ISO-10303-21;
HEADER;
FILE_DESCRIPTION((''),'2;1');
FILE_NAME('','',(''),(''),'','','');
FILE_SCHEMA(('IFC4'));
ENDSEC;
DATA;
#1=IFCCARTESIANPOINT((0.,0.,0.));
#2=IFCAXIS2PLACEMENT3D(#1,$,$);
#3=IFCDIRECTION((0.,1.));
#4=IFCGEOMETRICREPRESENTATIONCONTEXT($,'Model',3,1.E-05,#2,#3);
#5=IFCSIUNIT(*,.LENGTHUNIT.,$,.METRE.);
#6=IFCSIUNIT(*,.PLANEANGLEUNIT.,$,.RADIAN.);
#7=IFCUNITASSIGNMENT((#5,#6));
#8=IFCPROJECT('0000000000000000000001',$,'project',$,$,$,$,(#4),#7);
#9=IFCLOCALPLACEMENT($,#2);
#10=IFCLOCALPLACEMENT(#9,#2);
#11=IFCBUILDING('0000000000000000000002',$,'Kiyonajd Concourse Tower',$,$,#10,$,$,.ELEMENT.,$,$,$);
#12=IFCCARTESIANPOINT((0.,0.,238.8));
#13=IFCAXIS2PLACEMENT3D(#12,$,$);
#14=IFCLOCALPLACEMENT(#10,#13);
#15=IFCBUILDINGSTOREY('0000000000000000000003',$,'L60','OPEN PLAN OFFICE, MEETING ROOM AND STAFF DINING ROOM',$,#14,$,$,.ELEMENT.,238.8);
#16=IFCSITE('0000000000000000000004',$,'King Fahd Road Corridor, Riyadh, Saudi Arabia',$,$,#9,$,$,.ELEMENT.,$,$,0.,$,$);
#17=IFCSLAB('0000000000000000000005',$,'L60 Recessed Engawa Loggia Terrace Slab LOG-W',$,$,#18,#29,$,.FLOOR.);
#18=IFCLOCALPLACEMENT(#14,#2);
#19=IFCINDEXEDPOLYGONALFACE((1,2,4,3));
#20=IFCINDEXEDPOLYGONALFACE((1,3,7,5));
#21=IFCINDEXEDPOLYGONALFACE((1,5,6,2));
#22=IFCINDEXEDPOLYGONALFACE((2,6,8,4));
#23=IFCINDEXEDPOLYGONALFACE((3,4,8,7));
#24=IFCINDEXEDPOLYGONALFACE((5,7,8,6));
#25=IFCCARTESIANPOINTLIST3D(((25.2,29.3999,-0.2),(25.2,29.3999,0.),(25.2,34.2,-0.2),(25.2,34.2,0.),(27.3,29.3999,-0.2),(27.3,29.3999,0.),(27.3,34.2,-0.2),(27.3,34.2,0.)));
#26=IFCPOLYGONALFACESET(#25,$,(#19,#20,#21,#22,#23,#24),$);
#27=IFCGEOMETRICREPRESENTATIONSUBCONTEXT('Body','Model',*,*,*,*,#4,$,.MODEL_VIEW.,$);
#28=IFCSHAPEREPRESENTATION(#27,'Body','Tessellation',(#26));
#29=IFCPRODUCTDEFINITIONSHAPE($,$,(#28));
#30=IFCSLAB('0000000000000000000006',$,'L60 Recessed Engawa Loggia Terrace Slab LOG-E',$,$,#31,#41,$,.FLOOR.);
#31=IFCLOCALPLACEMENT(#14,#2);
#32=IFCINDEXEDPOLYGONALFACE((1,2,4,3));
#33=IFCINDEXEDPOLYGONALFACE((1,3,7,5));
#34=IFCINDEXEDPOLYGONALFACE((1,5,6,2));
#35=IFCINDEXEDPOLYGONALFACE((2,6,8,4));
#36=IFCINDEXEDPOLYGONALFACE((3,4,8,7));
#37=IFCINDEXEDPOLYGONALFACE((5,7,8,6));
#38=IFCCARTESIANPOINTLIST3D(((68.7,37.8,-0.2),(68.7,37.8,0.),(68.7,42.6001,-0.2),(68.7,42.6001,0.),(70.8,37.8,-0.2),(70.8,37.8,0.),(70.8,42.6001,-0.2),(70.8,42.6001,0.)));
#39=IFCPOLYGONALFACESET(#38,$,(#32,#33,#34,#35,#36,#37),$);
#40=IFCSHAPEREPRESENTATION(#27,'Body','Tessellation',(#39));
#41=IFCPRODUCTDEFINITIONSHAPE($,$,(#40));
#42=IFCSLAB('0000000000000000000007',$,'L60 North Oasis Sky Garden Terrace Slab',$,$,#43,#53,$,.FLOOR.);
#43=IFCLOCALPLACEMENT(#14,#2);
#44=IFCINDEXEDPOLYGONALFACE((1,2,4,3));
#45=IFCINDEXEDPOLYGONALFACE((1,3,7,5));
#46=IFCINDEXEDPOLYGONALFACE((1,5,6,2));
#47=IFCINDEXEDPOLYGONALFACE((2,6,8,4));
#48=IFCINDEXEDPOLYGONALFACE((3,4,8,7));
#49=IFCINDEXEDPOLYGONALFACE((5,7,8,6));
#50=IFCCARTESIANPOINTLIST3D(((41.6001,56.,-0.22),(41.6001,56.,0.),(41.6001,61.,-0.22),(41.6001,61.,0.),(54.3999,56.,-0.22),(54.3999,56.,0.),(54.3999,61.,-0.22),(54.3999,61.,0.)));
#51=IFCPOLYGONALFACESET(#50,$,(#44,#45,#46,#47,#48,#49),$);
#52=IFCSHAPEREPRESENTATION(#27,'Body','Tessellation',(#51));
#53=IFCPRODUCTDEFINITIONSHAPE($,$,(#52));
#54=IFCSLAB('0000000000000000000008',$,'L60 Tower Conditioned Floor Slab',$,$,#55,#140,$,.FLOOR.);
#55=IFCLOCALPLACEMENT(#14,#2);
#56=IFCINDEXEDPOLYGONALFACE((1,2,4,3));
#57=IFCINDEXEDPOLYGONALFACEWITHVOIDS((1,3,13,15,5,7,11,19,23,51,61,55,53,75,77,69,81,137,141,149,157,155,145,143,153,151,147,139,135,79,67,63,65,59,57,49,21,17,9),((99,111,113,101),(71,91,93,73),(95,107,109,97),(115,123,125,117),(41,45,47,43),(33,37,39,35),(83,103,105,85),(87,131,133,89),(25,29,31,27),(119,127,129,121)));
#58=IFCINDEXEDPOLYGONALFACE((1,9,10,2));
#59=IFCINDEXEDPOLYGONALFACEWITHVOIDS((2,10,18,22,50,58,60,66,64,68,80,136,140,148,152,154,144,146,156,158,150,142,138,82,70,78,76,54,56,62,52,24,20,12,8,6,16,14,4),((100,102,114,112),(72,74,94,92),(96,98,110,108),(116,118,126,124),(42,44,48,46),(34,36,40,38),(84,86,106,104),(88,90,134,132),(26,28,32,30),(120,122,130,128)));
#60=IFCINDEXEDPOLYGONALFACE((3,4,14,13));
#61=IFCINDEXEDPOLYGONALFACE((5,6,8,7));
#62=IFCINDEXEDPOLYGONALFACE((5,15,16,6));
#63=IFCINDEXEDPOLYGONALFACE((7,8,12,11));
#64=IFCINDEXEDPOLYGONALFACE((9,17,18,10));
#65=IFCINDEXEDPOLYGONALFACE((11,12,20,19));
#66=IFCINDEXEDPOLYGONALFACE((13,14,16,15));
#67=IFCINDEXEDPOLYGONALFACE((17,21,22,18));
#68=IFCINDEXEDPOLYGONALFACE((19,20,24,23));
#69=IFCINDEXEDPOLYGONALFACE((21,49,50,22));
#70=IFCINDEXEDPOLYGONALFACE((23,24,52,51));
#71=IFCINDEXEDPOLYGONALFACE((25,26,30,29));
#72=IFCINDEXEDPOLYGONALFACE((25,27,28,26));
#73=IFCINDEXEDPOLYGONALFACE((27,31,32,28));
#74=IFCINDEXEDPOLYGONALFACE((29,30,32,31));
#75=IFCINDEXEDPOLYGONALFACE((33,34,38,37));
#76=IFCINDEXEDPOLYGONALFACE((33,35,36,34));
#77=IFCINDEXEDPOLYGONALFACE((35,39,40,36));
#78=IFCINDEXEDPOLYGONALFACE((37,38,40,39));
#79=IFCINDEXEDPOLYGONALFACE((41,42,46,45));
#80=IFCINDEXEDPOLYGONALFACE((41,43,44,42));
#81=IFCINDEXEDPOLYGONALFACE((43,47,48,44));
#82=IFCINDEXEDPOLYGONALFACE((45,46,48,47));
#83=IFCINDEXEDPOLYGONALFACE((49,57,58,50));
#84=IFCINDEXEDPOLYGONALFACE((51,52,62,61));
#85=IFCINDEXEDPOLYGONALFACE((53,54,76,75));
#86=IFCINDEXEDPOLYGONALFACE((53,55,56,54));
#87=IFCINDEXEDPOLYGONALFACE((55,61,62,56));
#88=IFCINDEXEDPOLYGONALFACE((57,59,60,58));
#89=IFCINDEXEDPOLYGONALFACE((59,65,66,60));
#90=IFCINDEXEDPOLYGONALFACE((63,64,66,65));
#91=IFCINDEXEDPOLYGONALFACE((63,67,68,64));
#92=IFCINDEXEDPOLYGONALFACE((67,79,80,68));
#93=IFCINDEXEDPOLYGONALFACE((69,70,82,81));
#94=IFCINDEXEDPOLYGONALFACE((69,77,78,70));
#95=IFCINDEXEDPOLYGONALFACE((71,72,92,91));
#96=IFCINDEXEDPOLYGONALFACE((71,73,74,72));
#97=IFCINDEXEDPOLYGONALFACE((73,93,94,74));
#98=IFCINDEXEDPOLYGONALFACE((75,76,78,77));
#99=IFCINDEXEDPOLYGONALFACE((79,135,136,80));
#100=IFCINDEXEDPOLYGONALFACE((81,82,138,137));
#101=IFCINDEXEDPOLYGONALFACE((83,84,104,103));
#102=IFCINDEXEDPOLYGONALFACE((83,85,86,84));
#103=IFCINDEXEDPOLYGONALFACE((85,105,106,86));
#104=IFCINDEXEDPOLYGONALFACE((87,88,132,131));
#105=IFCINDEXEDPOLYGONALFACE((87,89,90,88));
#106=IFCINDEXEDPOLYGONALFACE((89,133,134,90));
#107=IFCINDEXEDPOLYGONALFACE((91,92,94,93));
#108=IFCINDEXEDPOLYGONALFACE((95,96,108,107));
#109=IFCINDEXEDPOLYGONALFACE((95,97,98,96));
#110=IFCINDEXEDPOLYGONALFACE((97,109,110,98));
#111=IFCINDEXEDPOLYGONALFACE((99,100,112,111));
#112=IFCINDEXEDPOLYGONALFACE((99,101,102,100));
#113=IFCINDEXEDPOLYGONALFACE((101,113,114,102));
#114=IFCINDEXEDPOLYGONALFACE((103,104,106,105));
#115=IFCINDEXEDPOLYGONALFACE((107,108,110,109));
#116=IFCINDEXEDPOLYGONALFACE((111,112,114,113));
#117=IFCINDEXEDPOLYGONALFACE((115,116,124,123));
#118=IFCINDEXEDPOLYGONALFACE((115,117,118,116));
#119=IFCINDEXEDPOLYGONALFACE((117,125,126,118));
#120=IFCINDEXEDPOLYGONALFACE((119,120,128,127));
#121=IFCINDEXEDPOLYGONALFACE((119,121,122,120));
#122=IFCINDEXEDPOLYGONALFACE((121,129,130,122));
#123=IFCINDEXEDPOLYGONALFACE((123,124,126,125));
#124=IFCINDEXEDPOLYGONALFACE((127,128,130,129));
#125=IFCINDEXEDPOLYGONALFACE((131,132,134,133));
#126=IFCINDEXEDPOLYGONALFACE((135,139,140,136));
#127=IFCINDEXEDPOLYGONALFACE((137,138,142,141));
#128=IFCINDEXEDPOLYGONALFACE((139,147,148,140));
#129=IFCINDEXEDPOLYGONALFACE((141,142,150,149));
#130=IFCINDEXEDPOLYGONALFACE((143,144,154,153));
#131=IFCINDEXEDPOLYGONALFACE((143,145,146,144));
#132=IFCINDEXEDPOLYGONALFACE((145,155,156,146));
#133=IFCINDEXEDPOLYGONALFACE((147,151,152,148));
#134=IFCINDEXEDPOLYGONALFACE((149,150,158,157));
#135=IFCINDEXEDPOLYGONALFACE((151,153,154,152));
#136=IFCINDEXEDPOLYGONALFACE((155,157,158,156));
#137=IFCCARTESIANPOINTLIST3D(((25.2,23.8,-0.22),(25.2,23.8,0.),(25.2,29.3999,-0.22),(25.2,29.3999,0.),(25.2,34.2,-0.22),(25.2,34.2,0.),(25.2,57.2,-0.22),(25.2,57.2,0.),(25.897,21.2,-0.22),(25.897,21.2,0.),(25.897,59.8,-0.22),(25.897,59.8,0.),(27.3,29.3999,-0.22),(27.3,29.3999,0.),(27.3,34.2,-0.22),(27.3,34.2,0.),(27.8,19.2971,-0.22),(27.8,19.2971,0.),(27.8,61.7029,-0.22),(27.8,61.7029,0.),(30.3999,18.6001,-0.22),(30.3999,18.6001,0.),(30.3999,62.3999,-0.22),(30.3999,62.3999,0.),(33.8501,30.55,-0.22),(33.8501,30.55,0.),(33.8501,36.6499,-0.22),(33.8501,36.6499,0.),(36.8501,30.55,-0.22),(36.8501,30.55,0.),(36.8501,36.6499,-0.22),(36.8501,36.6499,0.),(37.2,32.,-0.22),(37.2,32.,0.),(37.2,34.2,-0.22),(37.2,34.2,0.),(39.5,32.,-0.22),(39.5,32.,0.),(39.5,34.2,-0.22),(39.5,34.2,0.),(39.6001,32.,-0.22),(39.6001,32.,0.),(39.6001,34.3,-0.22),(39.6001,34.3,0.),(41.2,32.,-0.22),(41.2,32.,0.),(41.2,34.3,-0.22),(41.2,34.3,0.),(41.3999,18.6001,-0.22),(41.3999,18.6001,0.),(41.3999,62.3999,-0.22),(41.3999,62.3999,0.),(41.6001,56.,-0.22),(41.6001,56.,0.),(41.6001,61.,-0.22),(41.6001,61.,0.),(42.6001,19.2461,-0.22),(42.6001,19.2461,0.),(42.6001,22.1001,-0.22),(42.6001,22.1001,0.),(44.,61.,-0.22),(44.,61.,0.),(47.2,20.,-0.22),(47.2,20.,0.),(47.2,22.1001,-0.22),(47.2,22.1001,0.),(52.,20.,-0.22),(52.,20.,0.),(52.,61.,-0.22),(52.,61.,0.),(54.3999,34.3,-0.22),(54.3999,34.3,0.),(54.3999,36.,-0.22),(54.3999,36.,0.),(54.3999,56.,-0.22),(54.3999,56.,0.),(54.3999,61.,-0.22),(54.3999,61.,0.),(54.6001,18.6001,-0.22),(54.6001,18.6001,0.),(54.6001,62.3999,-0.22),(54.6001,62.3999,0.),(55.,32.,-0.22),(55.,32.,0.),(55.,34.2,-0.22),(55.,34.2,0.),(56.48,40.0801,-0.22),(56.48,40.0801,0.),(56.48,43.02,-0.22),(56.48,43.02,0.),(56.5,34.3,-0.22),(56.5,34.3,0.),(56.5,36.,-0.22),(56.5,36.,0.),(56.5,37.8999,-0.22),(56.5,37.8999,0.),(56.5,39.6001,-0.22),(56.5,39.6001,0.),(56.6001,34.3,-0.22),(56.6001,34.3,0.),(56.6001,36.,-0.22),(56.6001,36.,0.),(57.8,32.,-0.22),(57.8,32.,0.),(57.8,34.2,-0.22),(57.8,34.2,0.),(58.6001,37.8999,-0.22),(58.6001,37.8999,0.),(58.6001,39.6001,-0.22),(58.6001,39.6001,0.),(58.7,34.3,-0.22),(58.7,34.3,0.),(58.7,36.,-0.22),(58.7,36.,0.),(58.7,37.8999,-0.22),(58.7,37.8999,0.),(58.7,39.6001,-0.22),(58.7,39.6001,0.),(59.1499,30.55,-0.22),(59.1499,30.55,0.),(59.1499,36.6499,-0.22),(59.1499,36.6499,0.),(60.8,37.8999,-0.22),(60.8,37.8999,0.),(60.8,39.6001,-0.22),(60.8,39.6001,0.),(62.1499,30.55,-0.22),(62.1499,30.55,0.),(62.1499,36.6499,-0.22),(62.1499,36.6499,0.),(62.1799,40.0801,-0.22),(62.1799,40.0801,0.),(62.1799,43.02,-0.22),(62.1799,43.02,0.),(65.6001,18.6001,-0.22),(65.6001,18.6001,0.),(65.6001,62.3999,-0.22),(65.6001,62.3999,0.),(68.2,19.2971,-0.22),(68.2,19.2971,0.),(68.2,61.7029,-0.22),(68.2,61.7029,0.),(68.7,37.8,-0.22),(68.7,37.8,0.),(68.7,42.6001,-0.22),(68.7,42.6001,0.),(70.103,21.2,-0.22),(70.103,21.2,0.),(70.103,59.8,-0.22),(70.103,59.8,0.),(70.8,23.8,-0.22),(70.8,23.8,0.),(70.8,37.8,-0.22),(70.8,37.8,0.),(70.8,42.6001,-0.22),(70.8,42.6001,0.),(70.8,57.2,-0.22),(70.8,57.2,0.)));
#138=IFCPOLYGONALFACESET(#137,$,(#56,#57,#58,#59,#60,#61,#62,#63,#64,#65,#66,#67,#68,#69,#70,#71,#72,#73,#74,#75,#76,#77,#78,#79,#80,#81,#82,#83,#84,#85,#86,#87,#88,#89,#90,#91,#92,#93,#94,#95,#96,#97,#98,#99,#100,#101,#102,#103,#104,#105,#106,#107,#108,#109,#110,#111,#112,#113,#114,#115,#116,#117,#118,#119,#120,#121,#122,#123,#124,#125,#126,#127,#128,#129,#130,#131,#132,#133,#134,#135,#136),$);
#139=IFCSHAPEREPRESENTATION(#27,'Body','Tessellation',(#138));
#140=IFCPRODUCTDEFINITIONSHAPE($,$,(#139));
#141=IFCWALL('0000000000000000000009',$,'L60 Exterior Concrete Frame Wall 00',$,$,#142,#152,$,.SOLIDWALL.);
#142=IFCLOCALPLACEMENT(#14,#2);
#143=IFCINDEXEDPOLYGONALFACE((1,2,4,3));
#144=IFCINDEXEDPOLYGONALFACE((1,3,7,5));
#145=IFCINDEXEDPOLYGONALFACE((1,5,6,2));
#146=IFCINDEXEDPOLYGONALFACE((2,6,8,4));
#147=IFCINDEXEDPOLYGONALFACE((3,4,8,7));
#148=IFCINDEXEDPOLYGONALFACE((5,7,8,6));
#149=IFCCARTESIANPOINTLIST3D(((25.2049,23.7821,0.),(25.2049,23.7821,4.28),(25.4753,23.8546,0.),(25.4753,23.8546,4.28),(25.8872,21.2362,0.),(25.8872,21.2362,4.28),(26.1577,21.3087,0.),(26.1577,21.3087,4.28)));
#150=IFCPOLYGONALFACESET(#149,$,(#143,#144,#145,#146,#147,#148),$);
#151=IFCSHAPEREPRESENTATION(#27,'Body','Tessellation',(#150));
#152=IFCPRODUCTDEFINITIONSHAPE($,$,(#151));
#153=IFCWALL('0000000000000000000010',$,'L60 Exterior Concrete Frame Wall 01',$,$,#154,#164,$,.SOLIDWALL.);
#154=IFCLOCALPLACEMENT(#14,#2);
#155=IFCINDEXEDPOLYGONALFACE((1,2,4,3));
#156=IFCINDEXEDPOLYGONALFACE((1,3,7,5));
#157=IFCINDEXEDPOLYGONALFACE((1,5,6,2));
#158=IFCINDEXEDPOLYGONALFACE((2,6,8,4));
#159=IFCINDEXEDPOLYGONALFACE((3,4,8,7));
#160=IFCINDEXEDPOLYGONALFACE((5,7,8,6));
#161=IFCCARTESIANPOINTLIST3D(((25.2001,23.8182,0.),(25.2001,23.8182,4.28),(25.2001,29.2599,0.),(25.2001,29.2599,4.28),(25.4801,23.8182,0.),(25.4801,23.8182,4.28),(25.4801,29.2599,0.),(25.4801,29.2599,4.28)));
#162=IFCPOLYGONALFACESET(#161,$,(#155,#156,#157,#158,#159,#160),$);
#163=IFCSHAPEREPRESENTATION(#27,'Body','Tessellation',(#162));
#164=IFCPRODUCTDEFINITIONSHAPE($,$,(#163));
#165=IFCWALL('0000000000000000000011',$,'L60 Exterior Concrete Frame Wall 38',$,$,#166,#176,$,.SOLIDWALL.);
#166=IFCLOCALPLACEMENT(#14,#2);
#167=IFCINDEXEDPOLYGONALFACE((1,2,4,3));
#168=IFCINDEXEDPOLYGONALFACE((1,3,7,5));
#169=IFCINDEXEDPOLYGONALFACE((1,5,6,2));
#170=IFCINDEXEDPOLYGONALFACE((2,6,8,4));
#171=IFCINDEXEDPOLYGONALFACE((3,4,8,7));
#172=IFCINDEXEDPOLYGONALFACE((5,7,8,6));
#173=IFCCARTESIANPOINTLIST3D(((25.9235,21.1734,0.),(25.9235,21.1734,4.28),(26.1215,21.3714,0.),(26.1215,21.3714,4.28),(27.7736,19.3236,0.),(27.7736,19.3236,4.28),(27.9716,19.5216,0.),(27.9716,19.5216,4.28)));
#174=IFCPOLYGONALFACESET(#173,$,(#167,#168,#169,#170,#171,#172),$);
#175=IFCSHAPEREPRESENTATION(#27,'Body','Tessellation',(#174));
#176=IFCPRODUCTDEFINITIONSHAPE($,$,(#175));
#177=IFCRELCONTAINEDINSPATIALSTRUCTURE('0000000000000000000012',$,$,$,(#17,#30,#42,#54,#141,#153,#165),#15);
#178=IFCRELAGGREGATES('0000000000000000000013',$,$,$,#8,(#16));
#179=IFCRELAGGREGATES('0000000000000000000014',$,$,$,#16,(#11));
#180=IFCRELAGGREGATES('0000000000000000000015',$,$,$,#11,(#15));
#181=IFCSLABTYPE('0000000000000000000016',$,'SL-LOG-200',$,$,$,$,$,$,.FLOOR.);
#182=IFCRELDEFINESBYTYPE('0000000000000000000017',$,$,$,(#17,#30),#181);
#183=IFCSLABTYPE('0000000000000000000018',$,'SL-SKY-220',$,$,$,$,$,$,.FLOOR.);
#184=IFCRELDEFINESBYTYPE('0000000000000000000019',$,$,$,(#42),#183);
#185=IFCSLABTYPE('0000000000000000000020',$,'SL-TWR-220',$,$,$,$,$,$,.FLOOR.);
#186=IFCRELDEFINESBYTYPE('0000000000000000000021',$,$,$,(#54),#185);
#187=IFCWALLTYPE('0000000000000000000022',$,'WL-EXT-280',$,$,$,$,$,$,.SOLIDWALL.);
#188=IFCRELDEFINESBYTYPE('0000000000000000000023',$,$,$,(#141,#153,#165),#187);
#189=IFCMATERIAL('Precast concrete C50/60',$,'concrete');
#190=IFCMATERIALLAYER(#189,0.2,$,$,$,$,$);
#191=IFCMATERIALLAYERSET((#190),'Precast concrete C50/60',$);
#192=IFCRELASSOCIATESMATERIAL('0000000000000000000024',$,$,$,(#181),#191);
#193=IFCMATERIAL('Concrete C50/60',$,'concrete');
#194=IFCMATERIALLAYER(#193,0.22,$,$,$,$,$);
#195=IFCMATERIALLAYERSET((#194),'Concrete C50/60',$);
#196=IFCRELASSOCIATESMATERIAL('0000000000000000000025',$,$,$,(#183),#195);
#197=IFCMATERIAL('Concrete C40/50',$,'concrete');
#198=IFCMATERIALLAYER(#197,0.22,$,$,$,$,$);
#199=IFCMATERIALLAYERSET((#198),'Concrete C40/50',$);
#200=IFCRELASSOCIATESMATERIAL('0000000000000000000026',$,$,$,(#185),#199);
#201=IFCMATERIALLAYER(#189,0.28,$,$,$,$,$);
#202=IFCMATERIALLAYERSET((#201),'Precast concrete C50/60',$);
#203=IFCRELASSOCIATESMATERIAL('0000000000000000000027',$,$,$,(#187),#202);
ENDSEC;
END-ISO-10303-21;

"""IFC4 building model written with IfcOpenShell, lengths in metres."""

from ifc_helpers import new_model, si_unit, direction, frame, frame_2d, origin, place, context, subcontext, project, spatial, polyline, rectangle, outline, extrude, material, layer, layer_set, type_object, element, save


model = new_model("IFC4")

# Units and contexts
model_context = context("Model", 3, precision=1e-05, world=origin(), true_north=direction((0.0, 1.0)))
body_context = subcontext(model_context, "Body", "Model", "MODEL_VIEW")
ifc_project = project(units=[si_unit("LENGTHUNIT", "METRE"), si_unit("PLANEANGLEUNIT", "RADIAN")], contexts=[model_context])

# Site, building, storey
site_placement = place(None, origin())
site = spatial("IfcSite", under=ifc_project, at=site_placement, Name="King Fahd Road Corridor, Riyadh, Saudi Arabia", CompositionType="ELEMENT", RefElevation=0.0)
building_placement = place(site_placement, origin())
building = spatial("IfcBuilding", under=site, at=building_placement, Name="Kiyonajd Concourse Tower", CompositionType="ELEMENT")
storey_placement = place(building_placement, frame((0.0, 0.0, 238.8)))
storey = spatial("IfcBuildingStorey", under=building, at=storey_placement, Name="L60", Description="OPEN PLAN OFFICE, MEETING ROOM AND STAFF DINING ROOM", CompositionType="ELEMENT", Elevation=238.8)

# Shared definitions
ifc_material_1 = material(Name="Concrete C40/50", Category="concrete")

# Slabs
ifc_material_2 = material(Name="Precast concrete C50/60", Category="concrete")
ifc_layer_1 = layer(ifc_material_2, 0.2)
ifc_layer_set_1 = layer_set([ifc_layer_1], Name="Precast concrete C50/60")
slab_type_1 = type_object("IfcSlabType", Name="SL-LOG-200", PredefinedType="FLOOR", material=ifc_layer_set_1)
slab_1_placement = place(storey_placement, frame((0.0, 0.0, -0.2)))
element("IfcSlab", 1, at=slab_1_placement, inside=storey, type_object=slab_type_1, Name="L60 Recessed Engawa Loggia Terrace Slab LOG-W", PredefinedType="FLOOR", context=body_context, shape_type="SweptSolid", body=[
    extrude(outline(polyline([(25.2, 29.3999), (27.3, 29.3999), (27.3, 34.2), (25.2, 34.2), (25.2, 29.3999)])), origin(), (0.0, 0.0, 1.0), 0.2),
])
slab_2_placement = place(storey_placement, frame((0.0, 0.0, -0.2)))
element("IfcSlab", 2, at=slab_2_placement, inside=storey, type_object=slab_type_1, Name="L60 Recessed Engawa Loggia Terrace Slab LOG-E", PredefinedType="FLOOR", context=body_context, shape_type="SweptSolid", body=[
    extrude(outline(polyline([(68.7, 37.8), (70.8, 37.8), (70.8, 42.6001), (68.7, 42.6001), (68.7, 37.8)])), origin(), (0.0, 0.0, 1.0), 0.2),
])
ifc_material_3 = material(Name="Concrete C50/60", Category="concrete")
ifc_layer_2 = layer(ifc_material_3, 0.22)
ifc_layer_set_2 = layer_set([ifc_layer_2], Name="Concrete C50/60")
slab_type_2 = type_object("IfcSlabType", Name="SL-SKY-220", PredefinedType="FLOOR", material=ifc_layer_set_2)
slab_3_placement = place(storey_placement, frame((0.0, 0.0, -0.22)))
element("IfcSlab", 3, at=slab_3_placement, inside=storey, type_object=slab_type_2, Name="L60 North Oasis Sky Garden Terrace Slab", PredefinedType="FLOOR", context=body_context, shape_type="SweptSolid", body=[
    extrude(outline(polyline([(41.6001, 56.0), (54.3999, 56.0), (54.3999, 61.0), (41.6001, 61.0), (41.6001, 56.0)])), origin(), (0.0, 0.0, 1.0), 0.22),
])
ifc_layer_3 = layer(ifc_material_1, 0.22)
ifc_layer_set_3 = layer_set([ifc_layer_3], Name="Concrete C40/50")
slab_type_3 = type_object("IfcSlabType", Name="SL-TWR-220", PredefinedType="FLOOR", material=ifc_layer_set_3)
slab_4_placement = place(storey_placement, frame((0.0, 0.0, -0.22)))
element("IfcSlab", 4, at=slab_4_placement, inside=storey, type_object=slab_type_3, Name="L60 Tower Conditioned Floor Slab", PredefinedType="FLOOR", context=body_context, shape_type="SweptSolid", body=[
    extrude(outline(polyline([(25.897, 21.2), (25.2, 23.8), (25.2, 29.3999), (27.3, 29.3999), (27.3, 34.2), (25.2, 34.2), (25.2, 57.2), (25.897, 59.8), (27.8, 61.7029), (30.3999, 62.3999), (41.3999, 62.3999), (44.0, 61.0), (41.6001, 61.0), (41.6001, 56.0), (54.3999, 56.0), (54.3999, 61.0), (52.0, 61.0), (54.6001, 62.3999), (65.6001, 62.3999), (68.2, 61.7029), (70.103, 59.8), (70.8, 57.2), (70.8, 42.6001), (68.7, 42.6001), (68.7, 37.8), (70.8, 37.8), (70.8, 23.8), (70.103, 21.2), (68.2, 19.2971), (65.6001, 18.6001), (54.6001, 18.6001), (52.0, 20.0), (47.2, 20.0), (47.2, 22.1001), (42.6001, 22.1001), (42.6001, 19.2461), (41.3999, 18.6001), (30.3999, 18.6001), (27.8, 19.2971), (25.897, 21.2)]), holes=[polyline([(39.5, 32.0), (37.2, 32.0), (37.2, 34.2), (39.5, 34.2), (39.5, 32.0)]), polyline([(57.8, 32.0), (55.0, 32.0), (55.0, 34.2), (57.8, 34.2), (57.8, 32.0)]), polyline([(41.2, 32.0), (39.6001, 32.0), (39.6001, 34.3), (41.2, 34.3), (41.2, 32.0)]), polyline([(33.8501, 30.55), (33.8501, 36.6499), (36.8501, 36.6499), (36.8501, 30.55), (33.8501, 30.55)]), polyline([(59.1499, 30.55), (59.1499, 36.6499), (62.1499, 36.6499), (62.1499, 30.55), (59.1499, 30.55)]), polyline([(56.5, 34.3), (54.3999, 34.3), (54.3999, 36.0), (56.5, 36.0), (56.5, 34.3)]), polyline([(58.7, 34.3), (56.6001, 34.3), (56.6001, 36.0), (58.7, 36.0), (58.7, 34.3)]), polyline([(58.6001, 37.8999), (56.5, 37.8999), (56.5, 39.6001), (58.6001, 39.6001), (58.6001, 37.8999)]), polyline([(58.7, 37.8999), (58.7, 39.6001), (60.8, 39.6001), (60.8, 37.8999), (58.7, 37.8999)]), polyline([(56.48, 43.02), (62.1799, 43.02), (62.1799, 40.0801), (56.48, 40.0801), (56.48, 43.02)])]), origin(), (0.0, 0.0, 1.0), 0.22),
])

# Walls
ifc_layer_4 = layer(ifc_material_2, 0.28)
ifc_layer_set_4 = layer_set([ifc_layer_4], Name="Precast concrete C50/60")
wall_type_1 = type_object("IfcWallType", Name="WL-EXT-280", PredefinedType="SOLIDWALL", material=ifc_layer_set_4)
wall_1_placement = place(storey_placement, frame((26.0225, 21.2725, 0.0), z_axis=(0.0, 0.0, 1.0), x_axis=(-0.25889, 0.965907, 0.0)))
element("IfcWall", 5, at=wall_1_placement, inside=storey, type_object=wall_type_1, Name="L60 Exterior Concrete Frame Wall 00", PredefinedType="SOLIDWALL", context=body_context, shape_type="SweptSolid", body=[
    extrude(rectangle(XDim=2.6357, YDim=0.28, at=frame_2d((1.3179, 0.0))), origin(), (0.0, 0.0, 1.0), 4.28),
])
wall_2_placement = place(storey_placement, frame((25.3401, 23.8184, 0.0), z_axis=(0.0, 0.0, 1.0), x_axis=(0.0, 1.0, 0.0)))
element("IfcWall", 6, at=wall_2_placement, inside=storey, type_object=wall_type_1, Name="L60 Exterior Concrete Frame Wall 01", PredefinedType="SOLIDWALL", context=body_context, shape_type="SweptSolid", body=[
    extrude(rectangle(XDim=5.4417, YDim=0.28, at=frame_2d((2.7207, 0.0))), origin(), (0.0, 0.0, 1.0), 4.28),
])
wall_3_placement = place(storey_placement, frame((27.8726, 19.4226, 0.0), z_axis=(0.0, 0.0, 1.0), x_axis=(-0.707153, 0.70706, 0.0)))
element("IfcWall", 7, at=wall_3_placement, inside=storey, type_object=wall_type_1, Name="L60 Exterior Concrete Frame Wall 38", PredefinedType="SOLIDWALL", context=body_context, shape_type="SweptSolid", body=[
    extrude(rectangle(XDim=2.6162, YDim=0.28, at=frame_2d((1.3081, 0.0))), origin(), (0.0, 0.0, 1.0), 4.28),
])

save(model, "model.ifc")
